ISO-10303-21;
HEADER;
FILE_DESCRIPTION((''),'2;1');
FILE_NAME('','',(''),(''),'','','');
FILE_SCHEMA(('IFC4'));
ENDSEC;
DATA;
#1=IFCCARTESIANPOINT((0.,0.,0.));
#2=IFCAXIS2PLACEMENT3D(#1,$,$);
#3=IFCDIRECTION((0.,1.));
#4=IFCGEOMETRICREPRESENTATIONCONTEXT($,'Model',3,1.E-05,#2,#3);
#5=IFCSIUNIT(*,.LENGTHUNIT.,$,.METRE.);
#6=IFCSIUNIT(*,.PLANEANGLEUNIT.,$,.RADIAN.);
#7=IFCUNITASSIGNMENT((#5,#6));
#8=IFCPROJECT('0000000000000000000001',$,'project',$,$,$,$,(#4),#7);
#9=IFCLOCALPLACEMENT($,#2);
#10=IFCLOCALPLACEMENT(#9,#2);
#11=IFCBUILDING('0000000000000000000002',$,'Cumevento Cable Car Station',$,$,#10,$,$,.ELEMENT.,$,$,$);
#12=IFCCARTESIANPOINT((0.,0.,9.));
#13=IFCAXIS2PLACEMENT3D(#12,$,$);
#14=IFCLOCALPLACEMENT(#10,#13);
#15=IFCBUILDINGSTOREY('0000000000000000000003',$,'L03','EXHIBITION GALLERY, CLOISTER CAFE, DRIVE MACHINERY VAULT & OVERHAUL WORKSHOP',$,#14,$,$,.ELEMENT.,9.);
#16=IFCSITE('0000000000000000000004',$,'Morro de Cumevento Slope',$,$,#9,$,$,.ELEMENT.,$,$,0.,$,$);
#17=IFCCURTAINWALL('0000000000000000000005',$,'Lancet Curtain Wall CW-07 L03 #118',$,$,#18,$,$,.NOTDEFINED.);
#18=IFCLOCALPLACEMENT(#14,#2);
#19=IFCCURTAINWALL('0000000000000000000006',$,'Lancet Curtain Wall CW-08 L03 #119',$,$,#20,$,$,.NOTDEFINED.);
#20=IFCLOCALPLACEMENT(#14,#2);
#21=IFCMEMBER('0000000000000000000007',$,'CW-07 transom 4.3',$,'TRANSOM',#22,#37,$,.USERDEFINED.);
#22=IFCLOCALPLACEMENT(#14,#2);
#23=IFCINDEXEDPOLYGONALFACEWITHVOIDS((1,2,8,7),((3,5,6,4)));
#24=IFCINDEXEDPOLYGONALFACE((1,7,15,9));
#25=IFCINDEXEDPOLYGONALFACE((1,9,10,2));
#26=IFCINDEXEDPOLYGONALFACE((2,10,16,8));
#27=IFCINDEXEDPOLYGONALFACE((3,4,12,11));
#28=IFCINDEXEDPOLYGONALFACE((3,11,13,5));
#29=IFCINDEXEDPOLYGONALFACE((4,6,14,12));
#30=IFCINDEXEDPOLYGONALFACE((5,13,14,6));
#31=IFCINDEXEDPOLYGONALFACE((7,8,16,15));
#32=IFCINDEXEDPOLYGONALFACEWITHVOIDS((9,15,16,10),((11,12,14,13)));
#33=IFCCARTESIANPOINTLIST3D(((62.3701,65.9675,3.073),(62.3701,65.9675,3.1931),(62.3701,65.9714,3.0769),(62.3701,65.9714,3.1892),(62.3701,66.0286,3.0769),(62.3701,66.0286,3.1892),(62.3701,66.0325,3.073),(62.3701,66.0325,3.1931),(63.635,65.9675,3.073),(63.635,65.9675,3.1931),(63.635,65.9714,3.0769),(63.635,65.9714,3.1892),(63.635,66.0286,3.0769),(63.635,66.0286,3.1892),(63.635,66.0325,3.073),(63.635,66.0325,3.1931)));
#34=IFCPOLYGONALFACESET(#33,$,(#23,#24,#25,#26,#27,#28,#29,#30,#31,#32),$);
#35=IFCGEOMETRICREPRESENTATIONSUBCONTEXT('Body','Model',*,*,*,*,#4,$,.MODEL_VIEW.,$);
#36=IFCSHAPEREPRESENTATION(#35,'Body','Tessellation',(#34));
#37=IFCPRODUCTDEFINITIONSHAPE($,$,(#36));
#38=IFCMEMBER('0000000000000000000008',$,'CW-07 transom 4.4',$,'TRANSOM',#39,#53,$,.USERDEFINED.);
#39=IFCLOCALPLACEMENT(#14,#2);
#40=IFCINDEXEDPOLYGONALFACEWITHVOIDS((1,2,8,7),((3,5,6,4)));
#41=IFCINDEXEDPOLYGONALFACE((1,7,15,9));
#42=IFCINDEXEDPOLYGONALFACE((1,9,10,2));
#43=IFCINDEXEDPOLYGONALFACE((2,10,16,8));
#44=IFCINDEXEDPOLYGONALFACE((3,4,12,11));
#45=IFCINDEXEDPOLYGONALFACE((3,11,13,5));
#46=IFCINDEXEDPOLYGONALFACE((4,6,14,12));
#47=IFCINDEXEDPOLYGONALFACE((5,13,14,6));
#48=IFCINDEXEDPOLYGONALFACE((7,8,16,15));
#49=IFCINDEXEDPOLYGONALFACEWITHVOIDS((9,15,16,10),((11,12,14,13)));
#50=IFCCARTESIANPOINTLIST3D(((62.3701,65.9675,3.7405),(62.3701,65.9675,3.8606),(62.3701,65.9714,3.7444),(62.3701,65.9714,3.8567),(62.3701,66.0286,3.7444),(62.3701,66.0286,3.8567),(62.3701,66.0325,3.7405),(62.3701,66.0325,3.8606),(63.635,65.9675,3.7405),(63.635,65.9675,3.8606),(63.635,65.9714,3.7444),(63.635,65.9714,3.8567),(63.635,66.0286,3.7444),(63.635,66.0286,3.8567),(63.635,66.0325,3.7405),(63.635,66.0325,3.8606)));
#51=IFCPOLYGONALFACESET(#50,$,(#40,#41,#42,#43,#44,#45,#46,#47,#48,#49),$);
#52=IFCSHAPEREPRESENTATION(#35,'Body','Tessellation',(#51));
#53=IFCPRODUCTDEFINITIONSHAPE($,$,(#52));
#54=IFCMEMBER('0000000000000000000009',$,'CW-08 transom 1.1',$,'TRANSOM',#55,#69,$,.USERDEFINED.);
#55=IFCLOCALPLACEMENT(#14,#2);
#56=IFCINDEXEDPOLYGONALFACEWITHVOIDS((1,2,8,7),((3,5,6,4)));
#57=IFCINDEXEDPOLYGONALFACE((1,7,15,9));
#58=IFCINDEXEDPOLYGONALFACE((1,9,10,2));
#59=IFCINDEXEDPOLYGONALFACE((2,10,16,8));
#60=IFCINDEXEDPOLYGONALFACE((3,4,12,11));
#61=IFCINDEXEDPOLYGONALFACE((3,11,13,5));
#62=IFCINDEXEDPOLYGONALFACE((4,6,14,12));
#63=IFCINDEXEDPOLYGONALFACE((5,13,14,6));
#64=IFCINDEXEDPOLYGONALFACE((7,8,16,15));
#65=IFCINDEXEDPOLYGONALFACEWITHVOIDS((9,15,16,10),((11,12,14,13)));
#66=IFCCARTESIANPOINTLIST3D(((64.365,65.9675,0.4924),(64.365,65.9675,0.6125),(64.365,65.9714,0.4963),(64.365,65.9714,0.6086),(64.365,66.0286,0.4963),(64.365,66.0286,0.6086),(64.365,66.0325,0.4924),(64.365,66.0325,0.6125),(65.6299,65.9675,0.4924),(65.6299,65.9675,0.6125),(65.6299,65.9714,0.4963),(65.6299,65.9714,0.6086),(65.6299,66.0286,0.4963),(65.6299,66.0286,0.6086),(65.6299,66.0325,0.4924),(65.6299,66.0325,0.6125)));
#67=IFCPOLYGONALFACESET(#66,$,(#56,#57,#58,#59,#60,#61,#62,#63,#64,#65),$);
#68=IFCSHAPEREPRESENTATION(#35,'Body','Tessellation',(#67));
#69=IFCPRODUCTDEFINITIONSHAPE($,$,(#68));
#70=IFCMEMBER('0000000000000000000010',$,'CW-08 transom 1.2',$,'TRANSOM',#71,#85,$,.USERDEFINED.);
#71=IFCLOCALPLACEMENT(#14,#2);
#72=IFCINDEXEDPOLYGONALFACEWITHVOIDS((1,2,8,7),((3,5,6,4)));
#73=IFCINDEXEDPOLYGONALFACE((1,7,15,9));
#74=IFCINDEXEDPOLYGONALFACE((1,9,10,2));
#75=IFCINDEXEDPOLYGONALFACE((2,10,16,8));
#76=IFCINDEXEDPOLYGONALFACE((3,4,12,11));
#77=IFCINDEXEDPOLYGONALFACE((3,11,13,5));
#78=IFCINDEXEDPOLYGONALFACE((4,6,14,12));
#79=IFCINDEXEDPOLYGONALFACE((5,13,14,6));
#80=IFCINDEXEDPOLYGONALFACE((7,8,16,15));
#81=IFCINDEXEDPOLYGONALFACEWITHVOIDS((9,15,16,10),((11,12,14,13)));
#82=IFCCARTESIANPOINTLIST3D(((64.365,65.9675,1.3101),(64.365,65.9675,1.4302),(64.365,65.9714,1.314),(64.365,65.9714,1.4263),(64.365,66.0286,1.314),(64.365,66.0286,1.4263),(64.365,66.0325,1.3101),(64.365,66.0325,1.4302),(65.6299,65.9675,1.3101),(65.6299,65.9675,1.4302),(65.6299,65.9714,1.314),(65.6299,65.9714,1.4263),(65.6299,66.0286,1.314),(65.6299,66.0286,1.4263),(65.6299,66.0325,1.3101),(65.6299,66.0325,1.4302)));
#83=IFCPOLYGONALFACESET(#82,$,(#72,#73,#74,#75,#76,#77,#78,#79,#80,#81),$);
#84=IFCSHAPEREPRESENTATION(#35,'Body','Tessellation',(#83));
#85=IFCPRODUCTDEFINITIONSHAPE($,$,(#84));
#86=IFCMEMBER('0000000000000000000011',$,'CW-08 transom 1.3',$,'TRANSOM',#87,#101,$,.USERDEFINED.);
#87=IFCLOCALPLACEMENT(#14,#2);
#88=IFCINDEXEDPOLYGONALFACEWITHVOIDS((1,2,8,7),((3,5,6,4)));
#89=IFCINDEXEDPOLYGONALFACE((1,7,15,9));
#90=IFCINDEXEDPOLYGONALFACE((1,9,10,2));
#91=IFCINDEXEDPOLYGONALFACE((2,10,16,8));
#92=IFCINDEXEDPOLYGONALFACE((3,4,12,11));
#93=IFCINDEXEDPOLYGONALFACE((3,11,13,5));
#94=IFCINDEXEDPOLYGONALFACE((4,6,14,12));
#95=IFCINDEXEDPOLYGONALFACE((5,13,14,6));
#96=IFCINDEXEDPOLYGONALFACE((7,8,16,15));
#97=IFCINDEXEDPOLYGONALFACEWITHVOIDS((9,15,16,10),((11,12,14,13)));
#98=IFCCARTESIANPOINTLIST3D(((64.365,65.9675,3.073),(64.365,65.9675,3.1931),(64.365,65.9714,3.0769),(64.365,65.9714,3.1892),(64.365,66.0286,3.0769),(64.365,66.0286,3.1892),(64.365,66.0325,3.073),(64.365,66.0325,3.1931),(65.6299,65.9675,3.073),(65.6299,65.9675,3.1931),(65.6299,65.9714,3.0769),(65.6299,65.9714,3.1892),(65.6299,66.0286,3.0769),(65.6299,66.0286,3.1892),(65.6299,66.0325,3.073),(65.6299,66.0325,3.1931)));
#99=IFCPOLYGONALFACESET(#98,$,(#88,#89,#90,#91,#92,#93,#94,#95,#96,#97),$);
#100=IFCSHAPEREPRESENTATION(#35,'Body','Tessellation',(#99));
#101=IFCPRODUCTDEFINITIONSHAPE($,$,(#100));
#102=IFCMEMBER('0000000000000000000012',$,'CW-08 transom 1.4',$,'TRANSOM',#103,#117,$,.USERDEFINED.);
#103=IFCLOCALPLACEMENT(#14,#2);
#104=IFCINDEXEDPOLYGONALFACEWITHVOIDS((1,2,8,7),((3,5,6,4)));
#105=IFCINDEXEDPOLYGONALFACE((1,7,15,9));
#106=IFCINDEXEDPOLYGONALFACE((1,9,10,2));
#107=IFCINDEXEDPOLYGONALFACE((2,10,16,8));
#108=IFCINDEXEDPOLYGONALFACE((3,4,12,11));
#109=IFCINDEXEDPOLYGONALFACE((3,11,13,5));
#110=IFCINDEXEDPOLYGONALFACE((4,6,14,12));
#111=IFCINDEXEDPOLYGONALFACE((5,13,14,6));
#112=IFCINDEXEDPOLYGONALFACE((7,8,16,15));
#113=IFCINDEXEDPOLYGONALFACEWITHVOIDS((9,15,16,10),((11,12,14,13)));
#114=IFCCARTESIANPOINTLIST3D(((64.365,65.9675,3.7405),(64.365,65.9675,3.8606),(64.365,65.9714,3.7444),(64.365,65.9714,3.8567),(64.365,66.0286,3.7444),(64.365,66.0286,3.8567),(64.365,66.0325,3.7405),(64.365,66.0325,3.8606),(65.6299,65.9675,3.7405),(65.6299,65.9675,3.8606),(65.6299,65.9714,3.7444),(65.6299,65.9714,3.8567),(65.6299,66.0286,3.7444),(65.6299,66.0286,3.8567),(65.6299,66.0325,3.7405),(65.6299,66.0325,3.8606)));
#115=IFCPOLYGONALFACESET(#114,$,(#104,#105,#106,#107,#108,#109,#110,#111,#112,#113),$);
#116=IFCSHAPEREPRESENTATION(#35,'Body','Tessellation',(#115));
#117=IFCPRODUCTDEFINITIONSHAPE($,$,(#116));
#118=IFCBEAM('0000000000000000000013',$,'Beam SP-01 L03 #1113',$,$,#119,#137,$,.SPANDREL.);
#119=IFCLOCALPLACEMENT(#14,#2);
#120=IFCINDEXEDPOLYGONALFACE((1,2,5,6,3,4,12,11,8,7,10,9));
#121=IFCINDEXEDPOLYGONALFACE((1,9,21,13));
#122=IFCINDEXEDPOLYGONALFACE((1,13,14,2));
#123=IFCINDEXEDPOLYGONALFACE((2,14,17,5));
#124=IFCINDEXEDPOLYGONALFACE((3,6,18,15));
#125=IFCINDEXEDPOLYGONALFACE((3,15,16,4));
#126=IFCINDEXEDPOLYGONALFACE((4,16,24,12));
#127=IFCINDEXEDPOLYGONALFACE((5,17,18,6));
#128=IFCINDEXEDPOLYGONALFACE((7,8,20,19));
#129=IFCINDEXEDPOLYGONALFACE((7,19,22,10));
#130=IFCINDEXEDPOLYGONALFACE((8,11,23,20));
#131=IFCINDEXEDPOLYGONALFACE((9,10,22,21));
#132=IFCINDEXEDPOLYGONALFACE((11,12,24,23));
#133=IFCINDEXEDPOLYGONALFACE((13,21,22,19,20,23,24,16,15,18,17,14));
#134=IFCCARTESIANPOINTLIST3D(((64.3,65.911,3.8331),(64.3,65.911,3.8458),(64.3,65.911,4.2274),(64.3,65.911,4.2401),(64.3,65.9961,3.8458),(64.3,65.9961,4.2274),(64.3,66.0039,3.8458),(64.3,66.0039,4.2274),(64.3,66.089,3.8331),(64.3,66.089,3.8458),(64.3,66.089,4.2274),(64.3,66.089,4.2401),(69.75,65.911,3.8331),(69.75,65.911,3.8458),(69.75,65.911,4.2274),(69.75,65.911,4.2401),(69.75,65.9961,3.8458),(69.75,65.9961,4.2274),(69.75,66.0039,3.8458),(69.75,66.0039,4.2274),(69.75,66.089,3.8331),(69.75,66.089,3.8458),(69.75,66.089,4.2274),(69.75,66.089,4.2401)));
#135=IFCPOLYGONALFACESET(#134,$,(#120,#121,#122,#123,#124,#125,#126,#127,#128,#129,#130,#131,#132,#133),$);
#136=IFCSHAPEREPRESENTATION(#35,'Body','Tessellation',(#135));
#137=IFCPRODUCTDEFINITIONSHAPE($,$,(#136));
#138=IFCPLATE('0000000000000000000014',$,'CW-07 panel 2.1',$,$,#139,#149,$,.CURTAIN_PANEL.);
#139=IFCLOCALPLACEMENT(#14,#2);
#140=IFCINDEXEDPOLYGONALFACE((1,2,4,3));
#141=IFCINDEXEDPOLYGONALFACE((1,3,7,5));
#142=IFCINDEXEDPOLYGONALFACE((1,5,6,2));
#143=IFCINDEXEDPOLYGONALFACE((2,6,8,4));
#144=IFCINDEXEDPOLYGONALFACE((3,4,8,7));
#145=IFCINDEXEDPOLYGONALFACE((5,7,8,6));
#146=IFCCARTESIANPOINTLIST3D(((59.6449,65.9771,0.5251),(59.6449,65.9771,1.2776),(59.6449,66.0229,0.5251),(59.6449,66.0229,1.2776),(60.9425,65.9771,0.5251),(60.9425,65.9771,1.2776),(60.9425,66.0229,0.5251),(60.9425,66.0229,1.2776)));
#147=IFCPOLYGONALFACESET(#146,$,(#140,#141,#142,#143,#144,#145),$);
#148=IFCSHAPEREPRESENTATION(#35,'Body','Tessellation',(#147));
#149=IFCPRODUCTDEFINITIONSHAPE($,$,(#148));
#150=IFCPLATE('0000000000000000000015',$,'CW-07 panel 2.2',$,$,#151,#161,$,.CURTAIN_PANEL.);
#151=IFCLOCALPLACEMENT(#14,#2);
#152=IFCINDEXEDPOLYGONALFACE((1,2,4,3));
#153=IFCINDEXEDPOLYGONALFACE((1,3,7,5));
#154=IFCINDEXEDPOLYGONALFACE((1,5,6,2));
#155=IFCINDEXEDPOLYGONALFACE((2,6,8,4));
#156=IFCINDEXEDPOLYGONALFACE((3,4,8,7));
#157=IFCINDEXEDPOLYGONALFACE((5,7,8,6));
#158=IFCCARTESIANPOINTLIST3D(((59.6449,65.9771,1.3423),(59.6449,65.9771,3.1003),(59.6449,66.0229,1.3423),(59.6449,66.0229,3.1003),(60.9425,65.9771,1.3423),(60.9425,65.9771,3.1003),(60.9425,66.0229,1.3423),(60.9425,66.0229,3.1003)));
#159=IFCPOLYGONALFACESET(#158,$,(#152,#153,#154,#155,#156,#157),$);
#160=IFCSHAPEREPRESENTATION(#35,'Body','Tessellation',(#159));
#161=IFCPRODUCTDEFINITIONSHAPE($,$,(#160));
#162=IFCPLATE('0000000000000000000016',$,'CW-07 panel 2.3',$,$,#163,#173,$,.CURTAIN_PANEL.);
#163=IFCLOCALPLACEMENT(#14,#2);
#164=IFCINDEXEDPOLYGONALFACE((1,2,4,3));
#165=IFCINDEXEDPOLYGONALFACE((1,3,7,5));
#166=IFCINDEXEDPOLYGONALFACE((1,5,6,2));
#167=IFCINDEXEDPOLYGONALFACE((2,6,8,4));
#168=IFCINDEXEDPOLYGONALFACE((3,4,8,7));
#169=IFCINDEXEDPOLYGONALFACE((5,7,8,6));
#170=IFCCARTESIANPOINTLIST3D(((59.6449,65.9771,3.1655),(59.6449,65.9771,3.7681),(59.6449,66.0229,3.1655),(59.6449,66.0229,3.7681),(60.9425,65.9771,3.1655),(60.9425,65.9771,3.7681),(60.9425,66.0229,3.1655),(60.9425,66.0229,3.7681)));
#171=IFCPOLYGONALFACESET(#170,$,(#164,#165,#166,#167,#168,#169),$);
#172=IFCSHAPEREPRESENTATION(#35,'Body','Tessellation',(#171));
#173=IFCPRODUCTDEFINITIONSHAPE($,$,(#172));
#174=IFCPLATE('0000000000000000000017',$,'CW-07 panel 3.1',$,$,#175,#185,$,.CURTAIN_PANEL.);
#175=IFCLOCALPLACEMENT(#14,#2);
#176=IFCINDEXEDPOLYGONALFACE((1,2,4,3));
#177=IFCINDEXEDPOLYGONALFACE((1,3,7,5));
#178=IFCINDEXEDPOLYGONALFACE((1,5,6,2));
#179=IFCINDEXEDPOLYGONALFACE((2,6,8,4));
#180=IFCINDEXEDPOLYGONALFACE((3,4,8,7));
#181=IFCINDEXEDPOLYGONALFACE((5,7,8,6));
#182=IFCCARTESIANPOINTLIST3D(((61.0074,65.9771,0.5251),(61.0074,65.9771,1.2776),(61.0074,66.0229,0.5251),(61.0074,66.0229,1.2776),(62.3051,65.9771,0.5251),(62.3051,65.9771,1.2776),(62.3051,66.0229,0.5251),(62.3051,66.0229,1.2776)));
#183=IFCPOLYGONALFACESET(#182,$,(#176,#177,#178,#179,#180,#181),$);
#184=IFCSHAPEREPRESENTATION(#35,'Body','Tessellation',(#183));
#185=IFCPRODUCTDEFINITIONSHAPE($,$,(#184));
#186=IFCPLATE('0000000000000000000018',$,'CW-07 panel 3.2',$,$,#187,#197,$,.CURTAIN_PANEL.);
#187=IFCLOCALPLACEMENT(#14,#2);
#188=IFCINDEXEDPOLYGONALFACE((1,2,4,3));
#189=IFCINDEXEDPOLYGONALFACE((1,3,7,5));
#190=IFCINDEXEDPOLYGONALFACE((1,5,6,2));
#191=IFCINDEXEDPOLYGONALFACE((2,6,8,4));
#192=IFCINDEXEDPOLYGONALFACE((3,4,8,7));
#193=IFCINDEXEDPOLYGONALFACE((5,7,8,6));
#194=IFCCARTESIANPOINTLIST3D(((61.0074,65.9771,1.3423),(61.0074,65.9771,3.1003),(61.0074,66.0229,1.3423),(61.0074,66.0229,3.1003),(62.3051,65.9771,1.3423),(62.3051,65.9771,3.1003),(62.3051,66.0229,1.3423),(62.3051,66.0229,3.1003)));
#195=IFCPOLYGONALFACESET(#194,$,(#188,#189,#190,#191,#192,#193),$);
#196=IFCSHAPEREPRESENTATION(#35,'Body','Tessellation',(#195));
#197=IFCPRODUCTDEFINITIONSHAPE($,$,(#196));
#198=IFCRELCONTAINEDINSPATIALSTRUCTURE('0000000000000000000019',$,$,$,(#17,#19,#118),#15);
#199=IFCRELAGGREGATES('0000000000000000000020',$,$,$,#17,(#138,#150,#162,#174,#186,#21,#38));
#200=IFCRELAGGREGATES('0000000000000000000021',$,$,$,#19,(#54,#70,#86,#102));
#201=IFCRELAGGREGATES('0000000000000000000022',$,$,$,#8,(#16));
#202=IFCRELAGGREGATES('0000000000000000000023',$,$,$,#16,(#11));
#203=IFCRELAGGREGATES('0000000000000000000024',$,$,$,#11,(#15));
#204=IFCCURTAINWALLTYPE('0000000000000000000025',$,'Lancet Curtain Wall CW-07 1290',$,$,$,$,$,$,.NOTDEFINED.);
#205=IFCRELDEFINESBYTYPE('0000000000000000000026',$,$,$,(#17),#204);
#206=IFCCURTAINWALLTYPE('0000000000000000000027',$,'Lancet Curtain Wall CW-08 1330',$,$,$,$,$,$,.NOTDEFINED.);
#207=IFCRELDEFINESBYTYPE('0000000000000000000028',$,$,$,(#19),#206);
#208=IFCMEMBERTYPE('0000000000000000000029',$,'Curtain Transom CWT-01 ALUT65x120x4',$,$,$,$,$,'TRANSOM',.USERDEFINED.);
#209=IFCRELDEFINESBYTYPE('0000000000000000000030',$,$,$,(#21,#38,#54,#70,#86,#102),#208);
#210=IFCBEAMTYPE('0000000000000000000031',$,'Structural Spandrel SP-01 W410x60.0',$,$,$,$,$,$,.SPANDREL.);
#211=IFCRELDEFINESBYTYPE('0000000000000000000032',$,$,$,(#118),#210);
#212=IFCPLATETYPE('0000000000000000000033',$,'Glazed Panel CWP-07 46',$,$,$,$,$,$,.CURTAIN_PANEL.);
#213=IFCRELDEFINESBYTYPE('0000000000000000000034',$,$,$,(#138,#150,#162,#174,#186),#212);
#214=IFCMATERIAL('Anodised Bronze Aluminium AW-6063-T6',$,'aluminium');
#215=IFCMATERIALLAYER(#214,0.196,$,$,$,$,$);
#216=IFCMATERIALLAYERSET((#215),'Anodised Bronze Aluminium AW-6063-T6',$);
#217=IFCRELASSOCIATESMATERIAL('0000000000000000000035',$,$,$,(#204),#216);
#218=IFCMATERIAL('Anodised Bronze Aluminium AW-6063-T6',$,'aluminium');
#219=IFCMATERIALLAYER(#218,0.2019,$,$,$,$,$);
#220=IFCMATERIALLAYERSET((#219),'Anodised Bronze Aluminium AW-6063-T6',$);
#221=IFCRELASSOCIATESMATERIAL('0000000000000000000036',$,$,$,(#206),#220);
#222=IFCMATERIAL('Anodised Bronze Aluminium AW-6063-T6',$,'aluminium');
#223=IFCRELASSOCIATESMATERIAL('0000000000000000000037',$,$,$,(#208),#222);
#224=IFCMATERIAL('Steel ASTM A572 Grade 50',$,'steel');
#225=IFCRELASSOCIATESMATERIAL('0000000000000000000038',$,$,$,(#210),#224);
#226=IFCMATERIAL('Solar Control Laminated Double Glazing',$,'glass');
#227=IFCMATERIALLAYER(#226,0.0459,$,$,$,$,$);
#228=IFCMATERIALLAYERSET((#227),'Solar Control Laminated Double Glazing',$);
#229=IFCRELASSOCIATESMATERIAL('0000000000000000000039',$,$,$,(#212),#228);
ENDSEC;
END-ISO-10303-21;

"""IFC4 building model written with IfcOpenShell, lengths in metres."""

from ifc_helpers import new_model, si_unit, direction, frame, origin, origin_2d, place, context, subcontext, project, spatial, rectangle, hollow_rectangle, i_section, extrude, material, layer, layer_set, material_profile, profile_set, type_object, element, aggregate, save


model = new_model("IFC4")

# Units and contexts
model_context = context("Model", 3, precision=1e-05, world=origin(), true_north=direction((0.0, 1.0)))
body_context = subcontext(model_context, "Body", "Model", "MODEL_VIEW")
ifc_project = project(units=[si_unit("LENGTHUNIT", "METRE"), si_unit("PLANEANGLEUNIT", "RADIAN")], contexts=[model_context])

# Site, building, storey
site_placement = place(None, origin())
site = spatial("IfcSite", under=ifc_project, at=site_placement, Name="Morro de Cumevento Slope", CompositionType="ELEMENT", RefElevation=0.0)
building_placement = place(site_placement, origin())
building = spatial("IfcBuilding", under=site, at=building_placement, Name="Cumevento Cable Car Station", CompositionType="ELEMENT")
storey_placement = place(building_placement, frame((0.0, 0.0, 9.0)))
storey = spatial("IfcBuildingStorey", under=building, at=storey_placement, Name="L03", Description="EXHIBITION GALLERY, CLOISTER CAFE, DRIVE MACHINERY VAULT & OVERHAUL WORKSHOP", CompositionType="ELEMENT", Elevation=9.0)

# Curtain wall
ifc_material_1 = material(Name="Anodised Bronze Aluminium AW-6063-T6", Category="aluminium")
ifc_layer_1 = layer(ifc_material_1, 0.196)
ifc_layer_set_1 = layer_set([ifc_layer_1], Name="Anodised Bronze Aluminium AW-6063-T6")
curtain_wall_type_1 = type_object("IfcCurtainWallType", Name="Lancet Curtain Wall CW-07 1290", PredefinedType="NOTDEFINED", material=ifc_layer_set_1)
curtain_wall_1_placement = place(storey_placement, origin())
curtain_wall_1 = element("IfcCurtainWall", 1, at=curtain_wall_1_placement, inside=storey, type_object=curtain_wall_type_1, Name="Lancet Curtain Wall CW-07 L03 #118", PredefinedType="NOTDEFINED")

# Curtain wall
ifc_material_2 = material(Name="Anodised Bronze Aluminium AW-6063-T6", Category="aluminium")
ifc_layer_2 = layer(ifc_material_2, 0.2019)
ifc_layer_set_2 = layer_set([ifc_layer_2], Name="Anodised Bronze Aluminium AW-6063-T6")
curtain_wall_type_2 = type_object("IfcCurtainWallType", Name="Lancet Curtain Wall CW-08 1330", PredefinedType="NOTDEFINED", material=ifc_layer_set_2)
curtain_wall_2_placement = place(storey_placement, origin())
curtain_wall_2 = element("IfcCurtainWall", 2, at=curtain_wall_2_placement, inside=storey, type_object=curtain_wall_type_2, Name="Lancet Curtain Wall CW-08 L03 #119", PredefinedType="NOTDEFINED")

# Members
ifc_material_3 = material(Name="Anodised Bronze Aluminium AW-6063-T6", Category="aluminium")
ifc_material_profile_1 = material_profile(ifc_material_3, hollow_rectangle(XDim=0.0649, YDim=0.1201, WallThickness=0.0039, at=origin_2d()), Name="ALUT65x120x4")
ifc_profile_set_1 = profile_set([ifc_material_profile_1], Name="Anodised Bronze Aluminium AW-6063-T6")
member_type_1 = type_object("IfcMemberType", Name="Curtain Transom CWT-01 ALUT65x120x4", ElementType="TRANSOM", PredefinedType="USERDEFINED", material=ifc_profile_set_1)
member_1_placement = place(storey_placement, frame((62.3701, 66.0, 3.1331), z_axis=(1.0, 0.0, 0.0), x_axis=(0.0, 1.0, 0.0)))
member_1 = element("IfcMember", 3, at=member_1_placement, type_object=member_type_1, Name="CW-07 transom 4.3", ObjectType="TRANSOM", PredefinedType="USERDEFINED", context=body_context, shape_type="SweptSolid", body=[
    extrude(hollow_rectangle(XDim=0.0649, YDim=0.1201, WallThickness=0.0039, at=origin_2d()), origin(), (0.0, 0.0, 1.0), 1.2649),
])
member_2_placement = place(storey_placement, frame((62.3701, 66.0, 3.8005), z_axis=(1.0, 0.0, 0.0), x_axis=(0.0, 1.0, 0.0)))
member_2 = element("IfcMember", 4, at=member_2_placement, type_object=member_type_1, Name="CW-07 transom 4.4", ObjectType="TRANSOM", PredefinedType="USERDEFINED", context=body_context, shape_type="SweptSolid", body=[
    extrude(hollow_rectangle(XDim=0.0649, YDim=0.1201, WallThickness=0.0039, at=origin_2d()), origin(), (0.0, 0.0, 1.0), 1.2649),
])
member_3_placement = place(storey_placement, frame((64.365, 66.0, 0.5525), z_axis=(1.0, 0.0, 0.0), x_axis=(0.0, 1.0, 0.0)))
member_3 = element("IfcMember", 5, at=member_3_placement, type_object=member_type_1, Name="CW-08 transom 1.1", ObjectType="TRANSOM", PredefinedType="USERDEFINED", context=body_context, shape_type="SweptSolid", body=[
    extrude(hollow_rectangle(XDim=0.0649, YDim=0.1201, WallThickness=0.0039, at=origin_2d()), origin(), (0.0, 0.0, 1.0), 1.2649),
])
member_4_placement = place(storey_placement, frame((64.365, 66.0, 1.3701), z_axis=(1.0, 0.0, 0.0), x_axis=(0.0, 1.0, 0.0)))
member_4 = element("IfcMember", 6, at=member_4_placement, type_object=member_type_1, Name="CW-08 transom 1.2", ObjectType="TRANSOM", PredefinedType="USERDEFINED", context=body_context, shape_type="SweptSolid", body=[
    extrude(hollow_rectangle(XDim=0.0649, YDim=0.1201, WallThickness=0.0039, at=origin_2d()), origin(), (0.0, 0.0, 1.0), 1.2649),
])
member_5_placement = place(storey_placement, frame((64.365, 66.0, 3.1331), z_axis=(1.0, 0.0, 0.0), x_axis=(0.0, 1.0, 0.0)))
member_5 = element("IfcMember", 7, at=member_5_placement, type_object=member_type_1, Name="CW-08 transom 1.3", ObjectType="TRANSOM", PredefinedType="USERDEFINED", context=body_context, shape_type="SweptSolid", body=[
    extrude(hollow_rectangle(XDim=0.0649, YDim=0.1201, WallThickness=0.0039, at=origin_2d()), origin(), (0.0, 0.0, 1.0), 1.2649),
])
member_6_placement = place(storey_placement, frame((64.365, 66.0, 3.8005), z_axis=(1.0, 0.0, 0.0), x_axis=(0.0, 1.0, 0.0)))
member_6 = element("IfcMember", 8, at=member_6_placement, type_object=member_type_1, Name="CW-08 transom 1.4", ObjectType="TRANSOM", PredefinedType="USERDEFINED", context=body_context, shape_type="SweptSolid", body=[
    extrude(hollow_rectangle(XDim=0.0649, YDim=0.1201, WallThickness=0.0039, at=origin_2d()), origin(), (0.0, 0.0, 1.0), 1.2649),
])

# Beam
ifc_material_4 = material(Name="Steel ASTM A572 Grade 50", Category="steel")
ifc_material_profile_2 = material_profile(ifc_material_4, i_section(OverallWidth=0.178, OverallDepth=0.407, WebThickness=0.0078, FlangeThickness=0.0127, at=origin_2d()), Name="W410x60.0")
ifc_profile_set_2 = profile_set([ifc_material_profile_2], Name="Steel ASTM A572 Grade 50")
beam_type = type_object("IfcBeamType", Name="Structural Spandrel SP-01 W410x60.0", PredefinedType="SPANDREL", material=ifc_profile_set_2)
beam_placement = place(storey_placement, frame((64.3, 66.0, 4.0366), z_axis=(1.0, 0.0, 0.0), x_axis=(0.0, 1.0, 0.0)))
element("IfcBeam", 9, at=beam_placement, inside=storey, type_object=beam_type, Name="Beam SP-01 L03 #1113", PredefinedType="SPANDREL", context=body_context, shape_type="SweptSolid", body=[
    extrude(i_section(OverallWidth=0.178, OverallDepth=0.407, WebThickness=0.0078, FlangeThickness=0.0127, at=origin_2d()), origin(), (0.0, 0.0, 1.0), 5.45),
])

# Plates
ifc_material_5 = material(Name="Solar Control Laminated Double Glazing", Category="glass")
ifc_layer_3 = layer(ifc_material_5, 0.0459)
ifc_layer_set_3 = layer_set([ifc_layer_3], Name="Solar Control Laminated Double Glazing")
plate_type_1 = type_object("IfcPlateType", Name="Glazed Panel CWP-07 46", PredefinedType="CURTAIN_PANEL", material=ifc_layer_set_3)
plate_1_placement = place(storey_placement, frame((60.2937, 66.0, 0.5251), z_axis=(0.0, 0.0, 1.0), x_axis=(1.0, 0.0, 0.0)))
plate_1 = element("IfcPlate", 10, at=plate_1_placement, type_object=plate_type_1, Name="CW-07 panel 2.1", PredefinedType="CURTAIN_PANEL", context=body_context, shape_type="SweptSolid", body=[
    extrude(rectangle(XDim=1.2976, YDim=0.0459, at=origin_2d()), origin(), (0.0, 0.0, 1.0), 0.7524),
])
plate_2_placement = place(storey_placement, frame((60.2937, 66.0, 1.3423), z_axis=(0.0, 0.0, 1.0), x_axis=(1.0, 0.0, 0.0)))
plate_2 = element("IfcPlate", 11, at=plate_2_placement, type_object=plate_type_1, Name="CW-07 panel 2.2", PredefinedType="CURTAIN_PANEL", context=body_context, shape_type="SweptSolid", body=[
    extrude(rectangle(XDim=1.2976, YDim=0.0459, at=origin_2d()), origin(), (0.0, 0.0, 1.0), 1.7581),
])
plate_3_placement = place(storey_placement, frame((60.2937, 66.0, 3.1655), z_axis=(0.0, 0.0, 1.0), x_axis=(1.0, 0.0, 0.0)))
plate_3 = element("IfcPlate", 12, at=plate_3_placement, type_object=plate_type_1, Name="CW-07 panel 2.3", PredefinedType="CURTAIN_PANEL", context=body_context, shape_type="SweptSolid", body=[
    extrude(rectangle(XDim=1.2976, YDim=0.0459, at=origin_2d()), origin(), (0.0, 0.0, 1.0), 0.6025),
])
plate_4_placement = place(storey_placement, frame((61.6562, 66.0, 0.5251), z_axis=(0.0, 0.0, 1.0), x_axis=(1.0, 0.0, 0.0)))
plate_4 = element("IfcPlate", 13, at=plate_4_placement, type_object=plate_type_1, Name="CW-07 panel 3.1", PredefinedType="CURTAIN_PANEL", context=body_context, shape_type="SweptSolid", body=[
    extrude(rectangle(XDim=1.2976, YDim=0.0459, at=origin_2d()), origin(), (0.0, 0.0, 1.0), 0.7524),
])
plate_5_placement = place(storey_placement, frame((61.6562, 66.0, 1.3423), z_axis=(0.0, 0.0, 1.0), x_axis=(1.0, 0.0, 0.0)))
plate_5 = element("IfcPlate", 14, at=plate_5_placement, type_object=plate_type_1, Name="CW-07 panel 3.2", PredefinedType="CURTAIN_PANEL", context=body_context, shape_type="SweptSolid", body=[
    extrude(rectangle(XDim=1.2976, YDim=0.0459, at=origin_2d()), origin(), (0.0, 0.0, 1.0), 1.7581),
])
aggregate(curtain_wall_1, [plate_1, plate_2, plate_3, plate_4, plate_5, member_1, member_2])
aggregate(curtain_wall_2, [member_3, member_4, member_5, member_6])

save(model, "model.ifc")
